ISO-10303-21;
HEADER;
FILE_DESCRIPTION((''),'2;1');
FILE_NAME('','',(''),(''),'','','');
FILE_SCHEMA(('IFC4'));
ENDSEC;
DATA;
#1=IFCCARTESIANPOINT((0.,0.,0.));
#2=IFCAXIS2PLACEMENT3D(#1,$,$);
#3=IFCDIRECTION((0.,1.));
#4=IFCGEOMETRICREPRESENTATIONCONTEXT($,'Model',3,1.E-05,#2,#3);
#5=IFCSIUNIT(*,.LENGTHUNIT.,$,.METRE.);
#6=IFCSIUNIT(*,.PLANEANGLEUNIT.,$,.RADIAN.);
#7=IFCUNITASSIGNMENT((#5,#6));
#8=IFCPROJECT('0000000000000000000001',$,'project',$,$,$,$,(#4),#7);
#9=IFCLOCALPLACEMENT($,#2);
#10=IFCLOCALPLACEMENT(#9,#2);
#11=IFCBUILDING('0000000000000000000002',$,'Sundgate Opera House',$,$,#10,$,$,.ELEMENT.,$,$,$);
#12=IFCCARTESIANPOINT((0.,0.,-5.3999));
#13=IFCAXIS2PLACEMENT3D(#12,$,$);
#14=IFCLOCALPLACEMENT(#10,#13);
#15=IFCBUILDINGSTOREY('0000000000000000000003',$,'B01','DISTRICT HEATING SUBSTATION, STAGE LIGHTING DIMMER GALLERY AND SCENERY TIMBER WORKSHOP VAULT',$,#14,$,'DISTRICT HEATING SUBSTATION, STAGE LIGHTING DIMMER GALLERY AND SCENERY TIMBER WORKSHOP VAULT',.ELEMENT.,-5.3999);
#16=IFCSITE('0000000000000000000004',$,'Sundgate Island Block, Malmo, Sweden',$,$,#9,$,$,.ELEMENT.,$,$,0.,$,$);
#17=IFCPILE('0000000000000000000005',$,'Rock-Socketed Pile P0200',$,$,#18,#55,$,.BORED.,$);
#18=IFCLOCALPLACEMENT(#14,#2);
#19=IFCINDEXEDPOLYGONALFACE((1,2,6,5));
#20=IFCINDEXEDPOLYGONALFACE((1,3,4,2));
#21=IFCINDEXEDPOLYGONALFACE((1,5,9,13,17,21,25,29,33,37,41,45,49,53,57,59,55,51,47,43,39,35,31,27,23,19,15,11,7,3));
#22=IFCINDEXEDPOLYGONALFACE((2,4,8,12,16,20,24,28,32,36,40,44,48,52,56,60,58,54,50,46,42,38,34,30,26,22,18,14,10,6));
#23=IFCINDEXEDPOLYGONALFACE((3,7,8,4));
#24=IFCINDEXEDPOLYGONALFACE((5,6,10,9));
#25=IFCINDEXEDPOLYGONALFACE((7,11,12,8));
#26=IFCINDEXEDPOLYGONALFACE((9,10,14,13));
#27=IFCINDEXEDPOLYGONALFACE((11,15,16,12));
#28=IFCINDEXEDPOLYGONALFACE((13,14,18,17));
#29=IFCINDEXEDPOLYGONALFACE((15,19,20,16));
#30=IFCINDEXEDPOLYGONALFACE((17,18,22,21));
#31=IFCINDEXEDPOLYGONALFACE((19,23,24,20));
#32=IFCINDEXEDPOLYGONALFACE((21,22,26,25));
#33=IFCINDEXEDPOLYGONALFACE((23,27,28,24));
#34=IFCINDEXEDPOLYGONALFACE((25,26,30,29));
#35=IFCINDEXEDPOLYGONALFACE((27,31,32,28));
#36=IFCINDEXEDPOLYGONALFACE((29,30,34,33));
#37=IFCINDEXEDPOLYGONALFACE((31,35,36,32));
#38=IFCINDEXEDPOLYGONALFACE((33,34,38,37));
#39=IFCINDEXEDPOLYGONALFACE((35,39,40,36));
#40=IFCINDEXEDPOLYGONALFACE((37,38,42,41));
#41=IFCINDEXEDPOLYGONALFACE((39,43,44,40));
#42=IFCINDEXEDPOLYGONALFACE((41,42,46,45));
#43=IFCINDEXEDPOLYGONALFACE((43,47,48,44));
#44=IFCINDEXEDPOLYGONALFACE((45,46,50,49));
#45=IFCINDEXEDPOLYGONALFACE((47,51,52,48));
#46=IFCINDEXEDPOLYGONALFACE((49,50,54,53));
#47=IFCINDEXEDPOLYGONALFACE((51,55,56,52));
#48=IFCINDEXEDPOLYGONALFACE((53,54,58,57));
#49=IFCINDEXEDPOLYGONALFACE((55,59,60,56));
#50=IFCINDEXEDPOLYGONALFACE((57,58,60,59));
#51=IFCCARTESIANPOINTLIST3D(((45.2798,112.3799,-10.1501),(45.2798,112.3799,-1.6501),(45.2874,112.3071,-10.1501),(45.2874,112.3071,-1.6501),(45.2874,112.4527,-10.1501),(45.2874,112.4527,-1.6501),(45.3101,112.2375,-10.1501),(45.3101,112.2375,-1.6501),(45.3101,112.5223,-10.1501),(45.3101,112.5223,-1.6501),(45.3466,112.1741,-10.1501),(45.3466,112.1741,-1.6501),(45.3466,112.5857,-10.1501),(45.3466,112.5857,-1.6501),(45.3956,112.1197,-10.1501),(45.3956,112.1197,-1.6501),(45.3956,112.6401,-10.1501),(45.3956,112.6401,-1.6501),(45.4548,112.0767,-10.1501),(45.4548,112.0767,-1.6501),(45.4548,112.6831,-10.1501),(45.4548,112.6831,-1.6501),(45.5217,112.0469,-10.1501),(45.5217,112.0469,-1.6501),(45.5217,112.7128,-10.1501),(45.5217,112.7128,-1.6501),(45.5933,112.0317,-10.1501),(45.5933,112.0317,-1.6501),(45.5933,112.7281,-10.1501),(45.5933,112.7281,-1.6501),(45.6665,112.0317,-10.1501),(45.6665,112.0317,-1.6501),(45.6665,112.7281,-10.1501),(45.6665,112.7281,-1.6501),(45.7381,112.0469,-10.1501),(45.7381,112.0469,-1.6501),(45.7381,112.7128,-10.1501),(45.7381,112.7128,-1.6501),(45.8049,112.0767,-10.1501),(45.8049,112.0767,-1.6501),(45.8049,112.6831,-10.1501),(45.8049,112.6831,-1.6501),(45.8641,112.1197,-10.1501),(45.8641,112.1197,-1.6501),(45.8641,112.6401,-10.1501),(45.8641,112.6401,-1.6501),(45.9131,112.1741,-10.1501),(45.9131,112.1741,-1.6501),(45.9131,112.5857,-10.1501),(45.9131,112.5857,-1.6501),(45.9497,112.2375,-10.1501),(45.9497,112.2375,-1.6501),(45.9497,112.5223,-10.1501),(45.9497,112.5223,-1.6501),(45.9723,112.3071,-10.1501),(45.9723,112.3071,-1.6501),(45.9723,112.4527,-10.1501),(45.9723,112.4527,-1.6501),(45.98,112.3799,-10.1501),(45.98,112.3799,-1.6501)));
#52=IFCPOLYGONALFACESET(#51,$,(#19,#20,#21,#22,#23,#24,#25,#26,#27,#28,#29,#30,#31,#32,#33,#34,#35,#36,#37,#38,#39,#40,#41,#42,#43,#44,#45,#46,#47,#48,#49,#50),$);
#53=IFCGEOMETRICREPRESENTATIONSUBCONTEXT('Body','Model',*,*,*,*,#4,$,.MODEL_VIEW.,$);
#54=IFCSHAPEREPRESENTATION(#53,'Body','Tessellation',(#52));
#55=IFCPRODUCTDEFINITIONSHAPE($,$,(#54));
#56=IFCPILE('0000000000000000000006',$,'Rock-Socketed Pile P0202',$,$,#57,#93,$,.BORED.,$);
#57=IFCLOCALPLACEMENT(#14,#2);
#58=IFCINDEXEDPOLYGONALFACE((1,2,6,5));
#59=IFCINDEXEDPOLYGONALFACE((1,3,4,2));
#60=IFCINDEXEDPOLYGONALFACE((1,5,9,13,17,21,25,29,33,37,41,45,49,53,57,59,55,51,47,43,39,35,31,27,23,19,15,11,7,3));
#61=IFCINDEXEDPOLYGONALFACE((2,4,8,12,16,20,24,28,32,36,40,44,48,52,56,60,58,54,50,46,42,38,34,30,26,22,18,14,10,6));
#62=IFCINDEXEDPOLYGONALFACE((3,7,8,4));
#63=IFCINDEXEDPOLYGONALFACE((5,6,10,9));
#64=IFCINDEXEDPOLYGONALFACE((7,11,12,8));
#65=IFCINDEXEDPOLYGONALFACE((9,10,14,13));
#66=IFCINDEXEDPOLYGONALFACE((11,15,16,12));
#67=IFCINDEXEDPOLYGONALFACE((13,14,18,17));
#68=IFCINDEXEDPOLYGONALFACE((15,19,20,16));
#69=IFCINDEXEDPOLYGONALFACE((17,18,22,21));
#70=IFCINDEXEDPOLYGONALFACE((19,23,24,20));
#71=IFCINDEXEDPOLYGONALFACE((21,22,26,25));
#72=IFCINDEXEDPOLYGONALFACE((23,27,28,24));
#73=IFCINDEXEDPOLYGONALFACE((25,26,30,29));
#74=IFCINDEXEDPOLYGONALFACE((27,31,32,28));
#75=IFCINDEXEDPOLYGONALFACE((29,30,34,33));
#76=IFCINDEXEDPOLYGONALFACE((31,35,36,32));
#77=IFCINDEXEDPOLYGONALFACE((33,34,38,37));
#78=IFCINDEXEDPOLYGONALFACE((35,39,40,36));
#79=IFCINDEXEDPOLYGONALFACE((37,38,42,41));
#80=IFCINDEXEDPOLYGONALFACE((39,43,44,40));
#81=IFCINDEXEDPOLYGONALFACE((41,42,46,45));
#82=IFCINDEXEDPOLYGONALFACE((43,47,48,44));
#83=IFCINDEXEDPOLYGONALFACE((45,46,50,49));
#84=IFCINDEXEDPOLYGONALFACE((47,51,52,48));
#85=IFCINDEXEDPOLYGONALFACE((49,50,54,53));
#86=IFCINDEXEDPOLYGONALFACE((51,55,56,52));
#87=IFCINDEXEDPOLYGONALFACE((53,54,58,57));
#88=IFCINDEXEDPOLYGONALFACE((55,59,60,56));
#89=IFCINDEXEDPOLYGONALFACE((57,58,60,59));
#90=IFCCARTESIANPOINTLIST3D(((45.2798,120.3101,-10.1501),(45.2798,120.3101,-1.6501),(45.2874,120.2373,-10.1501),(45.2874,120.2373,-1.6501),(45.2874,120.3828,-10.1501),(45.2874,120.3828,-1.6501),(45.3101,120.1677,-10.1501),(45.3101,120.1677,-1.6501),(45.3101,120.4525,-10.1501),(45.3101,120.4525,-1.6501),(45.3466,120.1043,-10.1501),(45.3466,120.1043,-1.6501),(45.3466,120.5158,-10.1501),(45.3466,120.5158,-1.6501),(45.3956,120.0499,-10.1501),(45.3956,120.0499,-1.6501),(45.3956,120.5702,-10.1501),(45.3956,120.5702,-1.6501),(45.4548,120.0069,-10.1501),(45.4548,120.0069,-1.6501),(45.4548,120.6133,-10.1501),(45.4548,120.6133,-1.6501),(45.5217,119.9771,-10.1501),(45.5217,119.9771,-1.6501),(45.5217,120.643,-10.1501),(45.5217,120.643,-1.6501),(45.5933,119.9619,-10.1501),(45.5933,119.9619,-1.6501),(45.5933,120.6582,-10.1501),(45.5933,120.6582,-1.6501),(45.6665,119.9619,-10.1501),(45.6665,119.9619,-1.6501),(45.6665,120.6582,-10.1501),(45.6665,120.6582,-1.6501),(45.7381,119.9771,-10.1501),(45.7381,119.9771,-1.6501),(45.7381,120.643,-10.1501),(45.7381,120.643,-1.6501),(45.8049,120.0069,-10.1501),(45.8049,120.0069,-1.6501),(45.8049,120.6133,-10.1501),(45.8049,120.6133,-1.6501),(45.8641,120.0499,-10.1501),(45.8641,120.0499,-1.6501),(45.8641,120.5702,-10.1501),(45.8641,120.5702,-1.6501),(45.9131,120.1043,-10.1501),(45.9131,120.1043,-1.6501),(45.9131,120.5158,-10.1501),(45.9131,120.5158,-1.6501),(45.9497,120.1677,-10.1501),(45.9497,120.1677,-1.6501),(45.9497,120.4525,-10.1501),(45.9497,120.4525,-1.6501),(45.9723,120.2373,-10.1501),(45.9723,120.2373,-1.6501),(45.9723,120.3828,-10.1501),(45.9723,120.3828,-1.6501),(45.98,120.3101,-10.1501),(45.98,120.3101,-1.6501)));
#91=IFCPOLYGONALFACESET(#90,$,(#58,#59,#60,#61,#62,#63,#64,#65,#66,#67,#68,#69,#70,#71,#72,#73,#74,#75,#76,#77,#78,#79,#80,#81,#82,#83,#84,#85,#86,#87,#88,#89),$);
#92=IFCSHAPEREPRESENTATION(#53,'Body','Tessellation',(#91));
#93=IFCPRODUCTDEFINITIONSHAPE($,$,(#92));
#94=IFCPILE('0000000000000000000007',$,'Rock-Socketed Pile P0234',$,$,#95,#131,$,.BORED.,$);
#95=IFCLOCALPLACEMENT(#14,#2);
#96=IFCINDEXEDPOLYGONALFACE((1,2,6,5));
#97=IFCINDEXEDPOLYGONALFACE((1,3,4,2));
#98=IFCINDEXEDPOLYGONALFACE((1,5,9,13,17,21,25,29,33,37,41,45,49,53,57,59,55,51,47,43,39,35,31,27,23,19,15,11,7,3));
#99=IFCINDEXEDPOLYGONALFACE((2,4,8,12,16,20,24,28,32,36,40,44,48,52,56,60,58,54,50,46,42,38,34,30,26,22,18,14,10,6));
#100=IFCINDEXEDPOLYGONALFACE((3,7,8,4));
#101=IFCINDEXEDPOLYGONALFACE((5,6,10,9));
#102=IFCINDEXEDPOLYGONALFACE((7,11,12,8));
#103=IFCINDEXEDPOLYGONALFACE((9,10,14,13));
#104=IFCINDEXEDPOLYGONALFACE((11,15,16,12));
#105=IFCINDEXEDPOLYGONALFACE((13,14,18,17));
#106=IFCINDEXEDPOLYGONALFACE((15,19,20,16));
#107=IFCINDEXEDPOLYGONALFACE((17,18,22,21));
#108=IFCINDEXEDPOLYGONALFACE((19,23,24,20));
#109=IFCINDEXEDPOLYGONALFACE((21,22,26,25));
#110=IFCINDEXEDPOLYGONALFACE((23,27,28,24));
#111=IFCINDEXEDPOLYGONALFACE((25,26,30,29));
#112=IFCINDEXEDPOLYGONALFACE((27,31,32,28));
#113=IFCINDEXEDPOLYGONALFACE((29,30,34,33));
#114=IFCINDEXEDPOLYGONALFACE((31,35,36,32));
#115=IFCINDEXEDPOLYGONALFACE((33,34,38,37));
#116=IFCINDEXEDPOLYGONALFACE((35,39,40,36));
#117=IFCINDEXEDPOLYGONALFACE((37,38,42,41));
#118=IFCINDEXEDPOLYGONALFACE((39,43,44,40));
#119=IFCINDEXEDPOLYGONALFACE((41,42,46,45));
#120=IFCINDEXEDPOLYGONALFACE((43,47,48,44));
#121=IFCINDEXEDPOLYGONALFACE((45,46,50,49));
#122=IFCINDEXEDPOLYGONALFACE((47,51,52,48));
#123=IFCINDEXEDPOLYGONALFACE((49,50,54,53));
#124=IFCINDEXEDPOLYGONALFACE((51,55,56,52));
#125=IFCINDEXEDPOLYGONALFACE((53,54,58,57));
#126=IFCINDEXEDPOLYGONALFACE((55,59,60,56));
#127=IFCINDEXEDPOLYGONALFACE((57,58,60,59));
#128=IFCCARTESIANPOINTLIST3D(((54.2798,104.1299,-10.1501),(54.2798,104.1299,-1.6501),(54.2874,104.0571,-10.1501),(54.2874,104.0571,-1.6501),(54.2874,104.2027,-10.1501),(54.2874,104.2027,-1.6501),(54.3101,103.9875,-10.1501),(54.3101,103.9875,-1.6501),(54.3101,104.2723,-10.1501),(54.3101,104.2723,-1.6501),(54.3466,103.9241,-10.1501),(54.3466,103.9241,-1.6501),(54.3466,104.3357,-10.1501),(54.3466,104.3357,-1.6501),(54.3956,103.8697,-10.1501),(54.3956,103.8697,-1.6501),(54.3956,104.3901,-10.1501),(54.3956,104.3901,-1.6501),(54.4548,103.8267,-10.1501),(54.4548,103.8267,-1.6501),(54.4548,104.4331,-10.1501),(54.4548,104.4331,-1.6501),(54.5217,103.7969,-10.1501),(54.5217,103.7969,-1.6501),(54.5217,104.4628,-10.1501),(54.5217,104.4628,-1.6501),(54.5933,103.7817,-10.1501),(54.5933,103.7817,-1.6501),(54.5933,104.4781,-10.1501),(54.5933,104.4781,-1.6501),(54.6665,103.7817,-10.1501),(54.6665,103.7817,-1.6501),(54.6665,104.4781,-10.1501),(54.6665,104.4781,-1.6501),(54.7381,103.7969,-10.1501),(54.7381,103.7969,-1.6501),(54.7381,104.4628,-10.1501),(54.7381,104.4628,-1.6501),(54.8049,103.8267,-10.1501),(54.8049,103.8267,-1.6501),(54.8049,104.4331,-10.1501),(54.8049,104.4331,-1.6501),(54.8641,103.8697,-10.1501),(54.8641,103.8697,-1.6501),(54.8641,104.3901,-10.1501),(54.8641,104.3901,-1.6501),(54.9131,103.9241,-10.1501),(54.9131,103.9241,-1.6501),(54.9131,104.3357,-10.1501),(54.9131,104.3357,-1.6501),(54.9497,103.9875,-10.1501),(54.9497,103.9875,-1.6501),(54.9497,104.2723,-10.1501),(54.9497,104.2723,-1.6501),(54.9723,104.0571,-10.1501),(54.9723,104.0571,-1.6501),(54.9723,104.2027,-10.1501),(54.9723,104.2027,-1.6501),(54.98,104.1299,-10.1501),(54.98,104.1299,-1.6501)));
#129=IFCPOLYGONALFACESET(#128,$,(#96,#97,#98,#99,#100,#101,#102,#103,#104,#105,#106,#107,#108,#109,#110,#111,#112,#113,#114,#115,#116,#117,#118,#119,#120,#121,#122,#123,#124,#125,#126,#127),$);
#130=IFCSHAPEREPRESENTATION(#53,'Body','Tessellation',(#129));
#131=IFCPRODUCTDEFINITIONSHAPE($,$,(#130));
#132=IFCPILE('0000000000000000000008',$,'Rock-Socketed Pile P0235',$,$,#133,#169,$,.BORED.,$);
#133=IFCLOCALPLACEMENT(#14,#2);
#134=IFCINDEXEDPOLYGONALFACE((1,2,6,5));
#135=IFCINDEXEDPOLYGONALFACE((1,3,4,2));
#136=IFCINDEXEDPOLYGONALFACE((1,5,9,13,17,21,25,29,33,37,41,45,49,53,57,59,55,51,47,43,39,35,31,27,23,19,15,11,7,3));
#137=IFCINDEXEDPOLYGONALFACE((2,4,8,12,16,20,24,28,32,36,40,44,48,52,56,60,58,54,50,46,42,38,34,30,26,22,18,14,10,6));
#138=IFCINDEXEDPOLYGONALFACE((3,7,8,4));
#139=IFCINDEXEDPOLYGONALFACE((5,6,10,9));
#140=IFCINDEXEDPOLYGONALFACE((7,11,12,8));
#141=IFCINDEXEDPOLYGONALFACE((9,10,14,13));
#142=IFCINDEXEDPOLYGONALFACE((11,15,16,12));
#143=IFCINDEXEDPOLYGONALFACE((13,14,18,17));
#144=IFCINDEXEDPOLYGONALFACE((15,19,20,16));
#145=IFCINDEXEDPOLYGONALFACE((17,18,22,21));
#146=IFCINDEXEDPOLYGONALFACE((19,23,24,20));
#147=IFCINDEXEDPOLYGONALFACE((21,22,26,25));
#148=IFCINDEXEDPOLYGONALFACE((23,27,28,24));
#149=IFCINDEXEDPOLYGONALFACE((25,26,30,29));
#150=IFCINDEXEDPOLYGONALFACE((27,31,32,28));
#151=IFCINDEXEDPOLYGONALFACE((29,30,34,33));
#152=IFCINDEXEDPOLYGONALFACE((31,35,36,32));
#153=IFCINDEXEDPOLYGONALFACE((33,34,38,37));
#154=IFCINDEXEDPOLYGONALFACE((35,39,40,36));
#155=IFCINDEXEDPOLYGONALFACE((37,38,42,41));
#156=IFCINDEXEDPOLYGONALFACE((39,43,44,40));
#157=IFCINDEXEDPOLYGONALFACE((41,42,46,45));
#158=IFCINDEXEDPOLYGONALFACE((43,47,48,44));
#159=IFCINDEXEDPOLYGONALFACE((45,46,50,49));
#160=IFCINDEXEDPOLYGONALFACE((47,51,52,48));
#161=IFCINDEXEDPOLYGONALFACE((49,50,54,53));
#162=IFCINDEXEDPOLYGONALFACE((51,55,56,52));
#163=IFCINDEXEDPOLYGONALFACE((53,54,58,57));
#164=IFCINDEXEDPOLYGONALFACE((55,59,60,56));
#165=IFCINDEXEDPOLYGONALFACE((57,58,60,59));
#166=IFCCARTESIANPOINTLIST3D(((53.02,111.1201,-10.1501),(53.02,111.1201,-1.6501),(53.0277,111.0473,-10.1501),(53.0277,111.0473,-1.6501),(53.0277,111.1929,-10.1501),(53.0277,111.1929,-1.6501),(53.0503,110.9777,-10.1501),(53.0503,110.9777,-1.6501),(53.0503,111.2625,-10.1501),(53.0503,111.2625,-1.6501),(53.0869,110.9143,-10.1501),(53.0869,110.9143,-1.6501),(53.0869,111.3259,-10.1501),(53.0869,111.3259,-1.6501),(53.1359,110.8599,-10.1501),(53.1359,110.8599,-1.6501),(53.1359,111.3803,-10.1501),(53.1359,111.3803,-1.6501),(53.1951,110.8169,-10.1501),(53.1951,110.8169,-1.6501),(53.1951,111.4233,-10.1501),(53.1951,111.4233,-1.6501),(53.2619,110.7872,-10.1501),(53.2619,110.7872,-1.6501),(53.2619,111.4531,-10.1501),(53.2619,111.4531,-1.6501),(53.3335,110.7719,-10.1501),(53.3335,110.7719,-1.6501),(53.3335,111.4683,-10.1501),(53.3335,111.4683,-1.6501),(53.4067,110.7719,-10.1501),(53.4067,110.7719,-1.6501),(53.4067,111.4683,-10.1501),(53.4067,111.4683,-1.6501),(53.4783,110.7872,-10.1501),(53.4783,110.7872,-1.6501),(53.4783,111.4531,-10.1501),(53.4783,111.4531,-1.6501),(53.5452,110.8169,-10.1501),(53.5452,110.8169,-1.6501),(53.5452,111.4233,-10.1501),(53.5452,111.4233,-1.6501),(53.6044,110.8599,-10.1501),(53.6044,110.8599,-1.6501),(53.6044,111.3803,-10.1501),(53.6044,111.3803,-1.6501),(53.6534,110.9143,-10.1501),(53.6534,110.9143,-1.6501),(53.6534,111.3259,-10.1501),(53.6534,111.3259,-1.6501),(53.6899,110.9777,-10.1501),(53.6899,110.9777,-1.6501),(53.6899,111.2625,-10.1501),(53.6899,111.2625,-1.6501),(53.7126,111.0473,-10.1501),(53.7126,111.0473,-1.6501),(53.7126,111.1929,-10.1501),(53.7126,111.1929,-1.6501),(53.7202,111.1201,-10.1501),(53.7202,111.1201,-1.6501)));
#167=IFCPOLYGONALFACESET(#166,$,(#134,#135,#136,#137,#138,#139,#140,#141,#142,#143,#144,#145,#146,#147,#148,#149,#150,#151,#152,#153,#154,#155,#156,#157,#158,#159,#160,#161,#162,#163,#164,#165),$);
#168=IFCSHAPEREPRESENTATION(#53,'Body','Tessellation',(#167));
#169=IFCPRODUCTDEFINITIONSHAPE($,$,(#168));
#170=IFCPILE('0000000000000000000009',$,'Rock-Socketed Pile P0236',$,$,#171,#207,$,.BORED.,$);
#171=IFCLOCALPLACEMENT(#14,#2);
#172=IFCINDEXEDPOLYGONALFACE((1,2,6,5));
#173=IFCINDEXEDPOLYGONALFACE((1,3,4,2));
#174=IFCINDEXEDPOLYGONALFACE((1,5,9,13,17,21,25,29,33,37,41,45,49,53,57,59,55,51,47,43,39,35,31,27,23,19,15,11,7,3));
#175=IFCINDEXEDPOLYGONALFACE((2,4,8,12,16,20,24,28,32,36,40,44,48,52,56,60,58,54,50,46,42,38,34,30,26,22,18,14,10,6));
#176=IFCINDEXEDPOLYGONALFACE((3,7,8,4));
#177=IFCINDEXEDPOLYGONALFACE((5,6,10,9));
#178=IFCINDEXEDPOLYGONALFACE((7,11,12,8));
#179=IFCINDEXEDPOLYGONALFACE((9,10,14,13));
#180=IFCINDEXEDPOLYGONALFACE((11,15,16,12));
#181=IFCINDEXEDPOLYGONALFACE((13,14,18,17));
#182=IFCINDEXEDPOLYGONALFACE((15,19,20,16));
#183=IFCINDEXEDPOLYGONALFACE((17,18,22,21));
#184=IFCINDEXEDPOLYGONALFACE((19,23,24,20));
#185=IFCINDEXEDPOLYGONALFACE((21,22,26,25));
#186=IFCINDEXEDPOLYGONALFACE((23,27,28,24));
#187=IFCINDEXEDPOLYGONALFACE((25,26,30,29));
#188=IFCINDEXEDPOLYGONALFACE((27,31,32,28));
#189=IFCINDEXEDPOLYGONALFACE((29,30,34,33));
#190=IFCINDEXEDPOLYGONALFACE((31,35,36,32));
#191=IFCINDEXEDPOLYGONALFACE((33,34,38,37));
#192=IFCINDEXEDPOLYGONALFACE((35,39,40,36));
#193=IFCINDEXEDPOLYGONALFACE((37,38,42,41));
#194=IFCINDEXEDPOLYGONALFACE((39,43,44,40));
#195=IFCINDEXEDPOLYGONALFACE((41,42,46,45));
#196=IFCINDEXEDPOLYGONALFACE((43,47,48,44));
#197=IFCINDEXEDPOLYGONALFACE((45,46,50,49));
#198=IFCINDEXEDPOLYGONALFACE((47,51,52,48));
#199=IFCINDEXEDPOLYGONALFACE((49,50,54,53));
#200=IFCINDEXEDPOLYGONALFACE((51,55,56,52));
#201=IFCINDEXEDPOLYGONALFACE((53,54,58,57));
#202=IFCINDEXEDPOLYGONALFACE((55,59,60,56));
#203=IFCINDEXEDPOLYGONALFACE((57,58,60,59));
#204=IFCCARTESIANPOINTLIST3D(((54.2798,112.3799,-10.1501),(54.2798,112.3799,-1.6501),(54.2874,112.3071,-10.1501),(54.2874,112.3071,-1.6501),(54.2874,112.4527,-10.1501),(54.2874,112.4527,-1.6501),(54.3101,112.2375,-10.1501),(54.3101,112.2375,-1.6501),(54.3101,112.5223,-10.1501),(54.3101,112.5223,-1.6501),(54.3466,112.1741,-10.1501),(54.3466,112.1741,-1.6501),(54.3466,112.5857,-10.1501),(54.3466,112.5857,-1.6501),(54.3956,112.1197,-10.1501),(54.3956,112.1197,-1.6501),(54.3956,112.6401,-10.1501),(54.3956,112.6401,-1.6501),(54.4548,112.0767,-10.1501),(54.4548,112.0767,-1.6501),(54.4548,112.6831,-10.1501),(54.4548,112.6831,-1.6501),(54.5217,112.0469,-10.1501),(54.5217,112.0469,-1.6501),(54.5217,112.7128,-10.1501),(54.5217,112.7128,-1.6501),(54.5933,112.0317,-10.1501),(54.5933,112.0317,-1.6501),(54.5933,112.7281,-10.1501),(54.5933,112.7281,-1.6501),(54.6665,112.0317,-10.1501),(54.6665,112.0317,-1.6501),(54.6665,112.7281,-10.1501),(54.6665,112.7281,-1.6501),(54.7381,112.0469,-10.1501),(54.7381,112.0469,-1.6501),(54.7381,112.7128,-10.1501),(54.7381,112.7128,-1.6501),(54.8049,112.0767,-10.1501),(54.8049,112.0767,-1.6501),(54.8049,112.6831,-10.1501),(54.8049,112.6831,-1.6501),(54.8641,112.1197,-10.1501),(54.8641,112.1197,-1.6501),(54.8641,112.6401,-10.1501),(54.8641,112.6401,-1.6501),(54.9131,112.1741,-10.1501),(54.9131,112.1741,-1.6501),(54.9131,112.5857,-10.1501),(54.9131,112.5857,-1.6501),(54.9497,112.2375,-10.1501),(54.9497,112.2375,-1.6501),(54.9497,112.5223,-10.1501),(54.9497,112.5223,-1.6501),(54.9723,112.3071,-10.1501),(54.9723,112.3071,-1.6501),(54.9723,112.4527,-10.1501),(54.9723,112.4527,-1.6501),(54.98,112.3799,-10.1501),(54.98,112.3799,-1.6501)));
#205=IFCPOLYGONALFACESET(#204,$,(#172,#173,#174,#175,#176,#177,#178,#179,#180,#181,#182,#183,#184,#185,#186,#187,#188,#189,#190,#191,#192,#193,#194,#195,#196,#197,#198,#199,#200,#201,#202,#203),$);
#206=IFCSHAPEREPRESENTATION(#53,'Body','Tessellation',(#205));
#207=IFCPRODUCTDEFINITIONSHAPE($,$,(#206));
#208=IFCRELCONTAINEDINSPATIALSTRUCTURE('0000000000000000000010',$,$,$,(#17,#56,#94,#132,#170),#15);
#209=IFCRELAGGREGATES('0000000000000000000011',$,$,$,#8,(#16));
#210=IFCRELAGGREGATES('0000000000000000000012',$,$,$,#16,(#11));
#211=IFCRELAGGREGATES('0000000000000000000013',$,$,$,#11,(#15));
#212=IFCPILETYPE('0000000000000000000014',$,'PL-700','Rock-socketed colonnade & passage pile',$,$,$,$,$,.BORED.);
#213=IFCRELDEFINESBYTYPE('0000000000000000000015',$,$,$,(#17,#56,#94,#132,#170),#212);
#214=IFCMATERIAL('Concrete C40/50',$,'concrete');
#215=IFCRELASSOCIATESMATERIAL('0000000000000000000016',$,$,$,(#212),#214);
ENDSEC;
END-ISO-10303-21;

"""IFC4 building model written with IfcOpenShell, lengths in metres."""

from ifc_helpers import new_model, si_unit, direction, frame, origin, origin_2d, place, context, subcontext, project, spatial, circle, extrude, material, material_profile, profile_set, type_object, element, save


model = new_model("IFC4")

# Units and contexts
model_context = context("Model", 3, precision=1e-05, world=origin(), true_north=direction((0.0, 1.0)))
body_context = subcontext(model_context, "Body", "Model", "MODEL_VIEW")
ifc_project = project(units=[si_unit("LENGTHUNIT", "METRE"), si_unit("PLANEANGLEUNIT", "RADIAN")], contexts=[model_context])

# Site, building, storey
site_placement = place(None, origin())
site = spatial("IfcSite", under=ifc_project, at=site_placement, Name="Sundgate Island Block, Malmo, Sweden", CompositionType="ELEMENT", RefElevation=0.0)
building_placement = place(site_placement, origin())
building = spatial("IfcBuilding", under=site, at=building_placement, Name="Sundgate Opera House", CompositionType="ELEMENT")
storey_placement = place(building_placement, frame((0.0, 0.0, -5.3999)))
storey = spatial("IfcBuildingStorey", under=building, at=storey_placement, Name="B01", Description="DISTRICT HEATING SUBSTATION, STAGE LIGHTING DIMMER GALLERY AND SCENERY TIMBER WORKSHOP VAULT", LongName="DISTRICT HEATING SUBSTATION, STAGE LIGHTING DIMMER GALLERY AND SCENERY TIMBER WORKSHOP VAULT", CompositionType="ELEMENT", Elevation=-5.3999)

# Piles
ifc_material_1 = material(Name="Concrete C40/50", Category="concrete")
ifc_material_profile_1 = material_profile(ifc_material_1, circle(Radius=0.3501, at=origin_2d()), Name="PILE D700")
ifc_profile_set_1 = profile_set([ifc_material_profile_1], Name="Concrete C40/50")
pile_type = type_object("IfcPileType", Name="PL-700", Description="Rock-socketed colonnade & passage pile", PredefinedType="BORED", material=ifc_profile_set_1)
for number, where, z_axis, x_axis, name in (
    (1, (45.6299, 112.3799, -1.6501), (0.0, 0.0, -1.0), (1.0, 0.0, 0.0), "Rock-Socketed Pile P0200"),
    (2, (45.6299, 120.3101, -1.6501), (0.0, 0.0, -1.0), (1.0, 0.0, 0.0), "Rock-Socketed Pile P0202"),
    (3, (54.6299, 104.1299, -1.6501), (0.0, 0.0, -1.0), (1.0, 0.0, 0.0), "Rock-Socketed Pile P0234"),
    (4, (53.3701, 111.1201, -1.6501), (0.0, 0.0, -1.0), (1.0, 0.0, 0.0), "Rock-Socketed Pile P0235"),
    (5, (54.6299, 112.3799, -1.6501), (0.0, 0.0, -1.0), (1.0, 0.0, 0.0), "Rock-Socketed Pile P0236"),
):
    element("IfcPile", number, at=place(storey_placement, frame(where, z_axis=z_axis, x_axis=x_axis)), inside=storey, type_object=pile_type, Name=name, PredefinedType="BORED", context=body_context, shape_type="SweptSolid", body=[
        extrude(circle(Radius=0.3501, at=origin_2d()), origin(), (0.0, 0.0, 1.0), 8.5),
    ])

save(model, "model.ifc")
